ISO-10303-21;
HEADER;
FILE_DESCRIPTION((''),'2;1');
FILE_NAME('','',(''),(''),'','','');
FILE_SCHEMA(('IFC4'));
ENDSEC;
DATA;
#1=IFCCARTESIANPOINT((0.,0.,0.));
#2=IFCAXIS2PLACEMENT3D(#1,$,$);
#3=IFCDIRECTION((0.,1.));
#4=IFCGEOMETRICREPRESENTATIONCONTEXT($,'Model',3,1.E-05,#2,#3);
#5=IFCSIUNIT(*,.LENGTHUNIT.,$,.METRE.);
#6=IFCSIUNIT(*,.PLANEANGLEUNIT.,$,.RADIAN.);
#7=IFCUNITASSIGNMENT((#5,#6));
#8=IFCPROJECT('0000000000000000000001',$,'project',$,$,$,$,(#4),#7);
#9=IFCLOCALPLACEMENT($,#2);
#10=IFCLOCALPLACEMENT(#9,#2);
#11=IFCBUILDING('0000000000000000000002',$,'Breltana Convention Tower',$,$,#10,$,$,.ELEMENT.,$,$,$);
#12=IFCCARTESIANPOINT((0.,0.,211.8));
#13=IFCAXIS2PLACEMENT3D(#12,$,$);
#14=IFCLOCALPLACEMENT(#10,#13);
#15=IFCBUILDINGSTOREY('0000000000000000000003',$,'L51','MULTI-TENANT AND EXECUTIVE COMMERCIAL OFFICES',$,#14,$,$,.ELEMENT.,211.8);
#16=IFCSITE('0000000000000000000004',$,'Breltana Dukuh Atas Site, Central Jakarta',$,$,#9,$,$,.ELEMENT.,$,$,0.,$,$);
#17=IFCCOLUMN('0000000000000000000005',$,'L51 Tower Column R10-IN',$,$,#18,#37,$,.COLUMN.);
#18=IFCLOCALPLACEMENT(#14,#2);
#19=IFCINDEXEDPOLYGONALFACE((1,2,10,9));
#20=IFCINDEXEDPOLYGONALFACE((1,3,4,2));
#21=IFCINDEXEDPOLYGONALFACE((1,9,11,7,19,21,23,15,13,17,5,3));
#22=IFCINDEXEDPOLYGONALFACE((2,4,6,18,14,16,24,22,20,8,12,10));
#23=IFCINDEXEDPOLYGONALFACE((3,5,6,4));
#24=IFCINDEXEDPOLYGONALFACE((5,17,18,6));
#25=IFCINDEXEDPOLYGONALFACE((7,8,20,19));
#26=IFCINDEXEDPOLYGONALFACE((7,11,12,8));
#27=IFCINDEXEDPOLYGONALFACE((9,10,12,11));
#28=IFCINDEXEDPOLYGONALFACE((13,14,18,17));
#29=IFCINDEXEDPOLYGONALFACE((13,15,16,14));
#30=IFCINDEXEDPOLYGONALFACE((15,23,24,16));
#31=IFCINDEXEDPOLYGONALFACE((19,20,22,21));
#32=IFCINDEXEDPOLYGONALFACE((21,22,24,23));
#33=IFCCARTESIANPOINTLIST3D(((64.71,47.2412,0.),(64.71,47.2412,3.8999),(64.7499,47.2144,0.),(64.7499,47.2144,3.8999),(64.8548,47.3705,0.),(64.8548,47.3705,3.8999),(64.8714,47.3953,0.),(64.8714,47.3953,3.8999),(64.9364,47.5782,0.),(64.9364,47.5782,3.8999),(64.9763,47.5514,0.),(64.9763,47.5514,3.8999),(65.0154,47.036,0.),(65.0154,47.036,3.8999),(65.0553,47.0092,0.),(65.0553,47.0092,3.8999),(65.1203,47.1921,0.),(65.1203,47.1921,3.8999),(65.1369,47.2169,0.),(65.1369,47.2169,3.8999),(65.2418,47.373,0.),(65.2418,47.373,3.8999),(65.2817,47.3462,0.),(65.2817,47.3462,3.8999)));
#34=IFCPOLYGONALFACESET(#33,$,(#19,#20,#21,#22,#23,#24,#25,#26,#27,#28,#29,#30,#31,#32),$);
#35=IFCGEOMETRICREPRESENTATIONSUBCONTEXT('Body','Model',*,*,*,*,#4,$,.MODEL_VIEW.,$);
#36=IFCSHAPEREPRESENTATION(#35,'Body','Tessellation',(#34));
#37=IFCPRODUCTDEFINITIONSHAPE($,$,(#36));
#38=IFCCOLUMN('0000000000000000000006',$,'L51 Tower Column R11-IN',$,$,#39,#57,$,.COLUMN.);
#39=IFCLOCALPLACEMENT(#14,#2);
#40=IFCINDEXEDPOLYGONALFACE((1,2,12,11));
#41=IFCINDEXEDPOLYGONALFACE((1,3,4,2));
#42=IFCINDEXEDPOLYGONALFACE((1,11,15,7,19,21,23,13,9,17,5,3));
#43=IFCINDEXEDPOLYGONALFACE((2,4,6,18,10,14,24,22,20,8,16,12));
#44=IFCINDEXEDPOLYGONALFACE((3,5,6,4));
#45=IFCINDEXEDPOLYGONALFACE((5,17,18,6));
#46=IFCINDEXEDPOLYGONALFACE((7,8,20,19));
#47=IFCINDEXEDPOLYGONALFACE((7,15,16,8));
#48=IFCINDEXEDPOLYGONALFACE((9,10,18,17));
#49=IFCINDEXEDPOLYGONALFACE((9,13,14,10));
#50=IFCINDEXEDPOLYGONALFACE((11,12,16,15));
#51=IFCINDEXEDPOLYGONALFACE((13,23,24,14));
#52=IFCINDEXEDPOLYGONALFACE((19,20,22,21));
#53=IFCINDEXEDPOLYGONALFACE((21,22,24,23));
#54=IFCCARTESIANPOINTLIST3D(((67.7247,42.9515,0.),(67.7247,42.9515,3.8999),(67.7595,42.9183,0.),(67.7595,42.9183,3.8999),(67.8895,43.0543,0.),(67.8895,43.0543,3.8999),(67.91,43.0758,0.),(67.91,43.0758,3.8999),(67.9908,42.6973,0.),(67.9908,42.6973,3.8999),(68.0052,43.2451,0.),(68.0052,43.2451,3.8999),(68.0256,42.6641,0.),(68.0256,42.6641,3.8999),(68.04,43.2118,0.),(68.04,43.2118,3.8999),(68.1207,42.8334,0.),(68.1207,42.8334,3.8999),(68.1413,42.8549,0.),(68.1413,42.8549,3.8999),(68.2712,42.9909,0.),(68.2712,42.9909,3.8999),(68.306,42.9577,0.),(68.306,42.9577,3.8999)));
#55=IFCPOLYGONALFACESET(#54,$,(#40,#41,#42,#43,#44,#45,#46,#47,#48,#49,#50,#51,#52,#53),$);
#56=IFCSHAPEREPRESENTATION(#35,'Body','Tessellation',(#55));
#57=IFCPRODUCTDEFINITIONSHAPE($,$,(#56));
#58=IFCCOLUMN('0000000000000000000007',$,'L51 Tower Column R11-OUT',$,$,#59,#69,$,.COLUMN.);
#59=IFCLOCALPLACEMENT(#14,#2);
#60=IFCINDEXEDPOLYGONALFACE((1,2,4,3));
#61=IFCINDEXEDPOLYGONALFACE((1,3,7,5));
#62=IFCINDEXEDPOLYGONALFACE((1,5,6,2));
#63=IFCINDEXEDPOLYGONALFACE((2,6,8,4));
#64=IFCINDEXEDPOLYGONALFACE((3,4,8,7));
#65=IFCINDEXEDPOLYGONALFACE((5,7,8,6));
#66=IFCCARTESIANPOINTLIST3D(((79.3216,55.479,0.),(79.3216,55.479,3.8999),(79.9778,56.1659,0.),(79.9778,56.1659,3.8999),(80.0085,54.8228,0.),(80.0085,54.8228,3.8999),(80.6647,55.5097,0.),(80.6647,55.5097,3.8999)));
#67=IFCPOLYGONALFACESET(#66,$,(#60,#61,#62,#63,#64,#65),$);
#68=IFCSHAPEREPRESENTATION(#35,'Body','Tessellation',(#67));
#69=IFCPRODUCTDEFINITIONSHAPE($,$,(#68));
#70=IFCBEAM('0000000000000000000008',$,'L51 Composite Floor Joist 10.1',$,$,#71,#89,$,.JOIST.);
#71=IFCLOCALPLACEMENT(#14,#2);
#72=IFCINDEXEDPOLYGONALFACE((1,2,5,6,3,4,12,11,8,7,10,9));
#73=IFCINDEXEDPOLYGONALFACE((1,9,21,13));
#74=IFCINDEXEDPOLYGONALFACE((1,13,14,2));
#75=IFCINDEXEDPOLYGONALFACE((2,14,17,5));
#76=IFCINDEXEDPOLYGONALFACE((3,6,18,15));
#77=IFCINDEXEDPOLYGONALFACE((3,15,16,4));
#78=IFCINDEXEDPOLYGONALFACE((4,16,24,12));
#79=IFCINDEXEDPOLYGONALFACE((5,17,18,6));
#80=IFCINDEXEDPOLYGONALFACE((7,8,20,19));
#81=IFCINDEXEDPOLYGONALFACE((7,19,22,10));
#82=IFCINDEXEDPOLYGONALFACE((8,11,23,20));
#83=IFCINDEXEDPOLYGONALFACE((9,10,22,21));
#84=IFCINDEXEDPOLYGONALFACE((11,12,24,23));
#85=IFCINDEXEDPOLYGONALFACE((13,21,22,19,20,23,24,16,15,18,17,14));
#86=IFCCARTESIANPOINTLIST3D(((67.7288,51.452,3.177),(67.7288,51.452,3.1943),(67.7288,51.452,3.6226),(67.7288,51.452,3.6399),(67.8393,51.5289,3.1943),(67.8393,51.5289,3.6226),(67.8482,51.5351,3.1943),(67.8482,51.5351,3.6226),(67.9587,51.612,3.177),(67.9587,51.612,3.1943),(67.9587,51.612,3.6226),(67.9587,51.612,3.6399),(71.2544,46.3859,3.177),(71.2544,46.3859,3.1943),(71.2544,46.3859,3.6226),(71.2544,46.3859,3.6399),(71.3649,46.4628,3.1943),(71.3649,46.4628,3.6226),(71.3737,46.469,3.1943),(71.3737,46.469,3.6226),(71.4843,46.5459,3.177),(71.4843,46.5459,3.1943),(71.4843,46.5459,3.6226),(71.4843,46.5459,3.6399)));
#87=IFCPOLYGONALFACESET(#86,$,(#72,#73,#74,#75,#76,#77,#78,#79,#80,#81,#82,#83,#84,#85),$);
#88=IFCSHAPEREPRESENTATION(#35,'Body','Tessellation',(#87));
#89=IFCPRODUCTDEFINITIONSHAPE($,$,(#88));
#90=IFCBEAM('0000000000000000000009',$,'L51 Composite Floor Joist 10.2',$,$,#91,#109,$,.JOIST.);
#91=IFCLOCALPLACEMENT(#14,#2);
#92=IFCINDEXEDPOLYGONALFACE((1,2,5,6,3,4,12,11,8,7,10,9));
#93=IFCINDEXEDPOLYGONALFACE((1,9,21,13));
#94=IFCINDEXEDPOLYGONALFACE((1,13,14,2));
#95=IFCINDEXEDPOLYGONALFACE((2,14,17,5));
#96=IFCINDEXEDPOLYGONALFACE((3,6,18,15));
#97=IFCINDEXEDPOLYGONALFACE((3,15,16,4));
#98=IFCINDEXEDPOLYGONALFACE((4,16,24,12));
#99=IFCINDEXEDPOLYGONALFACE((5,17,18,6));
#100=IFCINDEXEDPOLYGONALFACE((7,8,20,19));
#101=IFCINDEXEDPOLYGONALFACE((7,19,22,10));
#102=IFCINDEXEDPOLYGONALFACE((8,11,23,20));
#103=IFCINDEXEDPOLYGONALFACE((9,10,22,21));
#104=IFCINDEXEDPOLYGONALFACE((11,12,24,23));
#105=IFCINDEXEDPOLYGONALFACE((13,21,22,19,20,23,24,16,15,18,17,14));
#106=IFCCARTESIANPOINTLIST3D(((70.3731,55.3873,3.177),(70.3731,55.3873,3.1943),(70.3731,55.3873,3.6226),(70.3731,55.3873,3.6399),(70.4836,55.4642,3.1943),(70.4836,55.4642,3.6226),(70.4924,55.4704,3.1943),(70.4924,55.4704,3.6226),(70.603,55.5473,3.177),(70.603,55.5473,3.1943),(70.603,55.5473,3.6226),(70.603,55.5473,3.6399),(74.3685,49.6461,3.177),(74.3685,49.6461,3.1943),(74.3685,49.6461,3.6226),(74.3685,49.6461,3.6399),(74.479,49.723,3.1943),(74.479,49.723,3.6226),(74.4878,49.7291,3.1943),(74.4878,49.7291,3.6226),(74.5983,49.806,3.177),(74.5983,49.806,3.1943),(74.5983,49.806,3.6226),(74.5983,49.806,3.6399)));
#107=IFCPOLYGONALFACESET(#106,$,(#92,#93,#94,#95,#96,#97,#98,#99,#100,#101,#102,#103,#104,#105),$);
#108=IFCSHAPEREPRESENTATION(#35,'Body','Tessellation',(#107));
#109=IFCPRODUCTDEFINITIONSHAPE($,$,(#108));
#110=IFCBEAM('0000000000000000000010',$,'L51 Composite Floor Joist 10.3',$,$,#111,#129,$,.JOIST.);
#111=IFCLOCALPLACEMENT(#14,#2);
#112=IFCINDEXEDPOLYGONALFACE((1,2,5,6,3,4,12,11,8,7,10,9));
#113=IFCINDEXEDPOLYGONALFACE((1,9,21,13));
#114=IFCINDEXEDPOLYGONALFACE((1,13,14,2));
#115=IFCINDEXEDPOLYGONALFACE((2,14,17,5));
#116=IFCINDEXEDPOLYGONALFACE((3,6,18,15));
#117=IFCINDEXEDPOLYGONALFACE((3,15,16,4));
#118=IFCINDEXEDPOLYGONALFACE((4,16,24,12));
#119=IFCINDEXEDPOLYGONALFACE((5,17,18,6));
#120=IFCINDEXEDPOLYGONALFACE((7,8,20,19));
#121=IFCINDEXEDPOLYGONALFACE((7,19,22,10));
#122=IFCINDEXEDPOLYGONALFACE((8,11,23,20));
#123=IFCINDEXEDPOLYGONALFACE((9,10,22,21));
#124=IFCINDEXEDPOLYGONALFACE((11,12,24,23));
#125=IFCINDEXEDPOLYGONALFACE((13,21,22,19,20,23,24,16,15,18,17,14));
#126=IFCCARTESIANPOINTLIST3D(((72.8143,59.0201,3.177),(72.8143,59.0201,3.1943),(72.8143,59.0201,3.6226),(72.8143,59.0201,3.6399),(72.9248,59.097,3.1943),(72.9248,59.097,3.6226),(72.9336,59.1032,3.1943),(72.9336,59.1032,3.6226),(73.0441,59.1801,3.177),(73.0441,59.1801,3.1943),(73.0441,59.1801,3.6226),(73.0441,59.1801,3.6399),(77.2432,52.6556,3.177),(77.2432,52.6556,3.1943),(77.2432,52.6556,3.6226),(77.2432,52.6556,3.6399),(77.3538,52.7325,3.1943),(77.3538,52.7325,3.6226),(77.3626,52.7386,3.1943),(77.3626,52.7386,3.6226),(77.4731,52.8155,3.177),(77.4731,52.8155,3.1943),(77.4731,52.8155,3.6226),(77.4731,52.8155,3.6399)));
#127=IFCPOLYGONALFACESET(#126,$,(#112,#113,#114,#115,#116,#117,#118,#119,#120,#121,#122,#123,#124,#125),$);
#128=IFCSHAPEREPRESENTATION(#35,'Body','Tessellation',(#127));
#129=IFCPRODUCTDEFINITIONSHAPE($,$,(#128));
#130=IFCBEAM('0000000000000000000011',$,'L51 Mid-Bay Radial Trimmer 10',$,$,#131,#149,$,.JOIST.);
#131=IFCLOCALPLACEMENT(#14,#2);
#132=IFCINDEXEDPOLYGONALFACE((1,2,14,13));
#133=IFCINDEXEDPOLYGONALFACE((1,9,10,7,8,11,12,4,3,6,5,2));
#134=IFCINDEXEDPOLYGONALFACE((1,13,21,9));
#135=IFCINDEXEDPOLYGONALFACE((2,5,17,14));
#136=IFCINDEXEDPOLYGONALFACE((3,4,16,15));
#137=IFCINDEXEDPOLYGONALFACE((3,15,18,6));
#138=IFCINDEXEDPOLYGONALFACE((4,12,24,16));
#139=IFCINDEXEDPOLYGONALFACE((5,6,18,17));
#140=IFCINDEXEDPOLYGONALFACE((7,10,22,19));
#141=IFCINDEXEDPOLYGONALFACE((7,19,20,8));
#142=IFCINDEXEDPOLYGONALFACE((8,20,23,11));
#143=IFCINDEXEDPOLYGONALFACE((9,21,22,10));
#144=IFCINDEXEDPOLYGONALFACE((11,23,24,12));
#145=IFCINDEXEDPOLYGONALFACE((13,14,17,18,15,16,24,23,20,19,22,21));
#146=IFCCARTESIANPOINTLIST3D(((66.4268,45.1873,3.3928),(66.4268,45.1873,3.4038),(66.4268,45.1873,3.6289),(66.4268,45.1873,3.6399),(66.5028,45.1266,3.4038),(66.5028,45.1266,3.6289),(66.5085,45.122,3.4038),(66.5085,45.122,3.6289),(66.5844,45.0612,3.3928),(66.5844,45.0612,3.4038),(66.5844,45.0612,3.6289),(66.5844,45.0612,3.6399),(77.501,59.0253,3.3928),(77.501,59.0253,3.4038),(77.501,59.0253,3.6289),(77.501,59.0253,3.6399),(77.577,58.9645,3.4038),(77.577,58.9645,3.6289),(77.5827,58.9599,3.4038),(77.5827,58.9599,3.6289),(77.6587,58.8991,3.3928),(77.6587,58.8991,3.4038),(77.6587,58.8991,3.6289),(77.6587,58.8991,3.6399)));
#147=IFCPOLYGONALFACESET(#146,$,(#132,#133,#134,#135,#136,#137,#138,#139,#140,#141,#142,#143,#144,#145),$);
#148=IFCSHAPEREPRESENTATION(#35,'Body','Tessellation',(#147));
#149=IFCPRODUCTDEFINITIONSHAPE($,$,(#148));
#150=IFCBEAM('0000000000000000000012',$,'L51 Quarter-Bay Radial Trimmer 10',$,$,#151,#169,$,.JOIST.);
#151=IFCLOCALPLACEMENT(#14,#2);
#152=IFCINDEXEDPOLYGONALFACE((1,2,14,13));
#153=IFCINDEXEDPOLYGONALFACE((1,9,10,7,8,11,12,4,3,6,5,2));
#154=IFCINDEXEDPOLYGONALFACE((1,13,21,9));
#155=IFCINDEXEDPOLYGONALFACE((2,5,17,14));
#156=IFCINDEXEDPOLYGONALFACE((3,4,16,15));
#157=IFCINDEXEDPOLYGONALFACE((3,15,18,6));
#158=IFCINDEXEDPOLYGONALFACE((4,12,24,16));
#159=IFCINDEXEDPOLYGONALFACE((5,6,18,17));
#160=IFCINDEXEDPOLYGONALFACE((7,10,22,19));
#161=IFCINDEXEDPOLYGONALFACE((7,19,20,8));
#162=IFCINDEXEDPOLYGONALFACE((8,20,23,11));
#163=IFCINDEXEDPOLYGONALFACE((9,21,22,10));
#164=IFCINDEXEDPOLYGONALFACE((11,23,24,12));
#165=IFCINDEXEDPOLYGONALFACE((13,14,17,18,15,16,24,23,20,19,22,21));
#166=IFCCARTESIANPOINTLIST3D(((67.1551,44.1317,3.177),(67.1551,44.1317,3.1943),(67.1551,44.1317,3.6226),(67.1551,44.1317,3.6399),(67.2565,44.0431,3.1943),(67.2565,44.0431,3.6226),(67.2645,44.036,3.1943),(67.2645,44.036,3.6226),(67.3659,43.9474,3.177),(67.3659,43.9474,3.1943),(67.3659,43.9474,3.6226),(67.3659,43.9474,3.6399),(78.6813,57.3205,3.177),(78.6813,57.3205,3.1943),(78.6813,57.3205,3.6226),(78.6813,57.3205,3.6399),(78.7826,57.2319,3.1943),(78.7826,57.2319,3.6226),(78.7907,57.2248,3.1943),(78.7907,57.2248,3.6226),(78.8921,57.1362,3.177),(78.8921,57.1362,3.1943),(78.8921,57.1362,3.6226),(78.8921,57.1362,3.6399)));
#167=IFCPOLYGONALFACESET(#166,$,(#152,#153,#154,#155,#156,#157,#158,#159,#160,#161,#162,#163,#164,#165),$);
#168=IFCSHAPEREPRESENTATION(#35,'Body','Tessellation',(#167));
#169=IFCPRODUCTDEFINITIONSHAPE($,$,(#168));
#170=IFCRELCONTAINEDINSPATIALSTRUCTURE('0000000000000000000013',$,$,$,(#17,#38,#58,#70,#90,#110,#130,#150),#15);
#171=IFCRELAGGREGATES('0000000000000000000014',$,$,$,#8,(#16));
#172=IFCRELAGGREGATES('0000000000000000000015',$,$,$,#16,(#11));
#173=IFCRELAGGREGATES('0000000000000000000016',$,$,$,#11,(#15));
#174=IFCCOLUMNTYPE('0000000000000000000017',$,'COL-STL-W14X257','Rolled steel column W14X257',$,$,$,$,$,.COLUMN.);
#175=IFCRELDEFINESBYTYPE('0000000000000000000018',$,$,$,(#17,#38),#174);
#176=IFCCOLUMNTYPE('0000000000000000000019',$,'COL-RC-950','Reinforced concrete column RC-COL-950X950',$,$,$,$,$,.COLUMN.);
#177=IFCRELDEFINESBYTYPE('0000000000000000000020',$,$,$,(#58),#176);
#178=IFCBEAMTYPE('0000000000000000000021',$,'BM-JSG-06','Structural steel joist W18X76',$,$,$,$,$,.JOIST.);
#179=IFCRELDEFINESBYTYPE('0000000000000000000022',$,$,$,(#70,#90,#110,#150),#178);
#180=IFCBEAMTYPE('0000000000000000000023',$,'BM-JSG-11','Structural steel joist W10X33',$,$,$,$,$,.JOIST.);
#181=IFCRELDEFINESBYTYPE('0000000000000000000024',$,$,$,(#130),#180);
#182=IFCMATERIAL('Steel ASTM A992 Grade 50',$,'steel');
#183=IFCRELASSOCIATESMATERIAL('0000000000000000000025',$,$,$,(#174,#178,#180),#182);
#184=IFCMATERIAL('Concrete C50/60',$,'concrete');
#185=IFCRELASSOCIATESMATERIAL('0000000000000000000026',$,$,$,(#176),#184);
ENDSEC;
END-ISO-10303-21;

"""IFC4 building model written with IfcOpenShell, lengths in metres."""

from ifc_helpers import new_model, si_unit, direction, frame, origin, origin_2d, place, context, subcontext, project, spatial, rectangle, i_section, extrude, source, transform, mapped, material, material_profile, profile_set, type_object, element, save


model = new_model("IFC4")

# Units and contexts
model_context = context("Model", 3, precision=1e-05, world=origin(), true_north=direction((0.0, 1.0)))
body_context = subcontext(model_context, "Body", "Model", "MODEL_VIEW")
ifc_project = project(units=[si_unit("LENGTHUNIT", "METRE"), si_unit("PLANEANGLEUNIT", "RADIAN")], contexts=[model_context])

# Site, building, storey
site_placement = place(None, origin())
site = spatial("IfcSite", under=ifc_project, at=site_placement, Name="Breltana Dukuh Atas Site, Central Jakarta", CompositionType="ELEMENT", RefElevation=0.0)
building_placement = place(site_placement, origin())
building = spatial("IfcBuilding", under=site, at=building_placement, Name="Breltana Convention Tower", CompositionType="ELEMENT")
storey_placement = place(building_placement, frame((0.0, 0.0, 211.8)))
storey = spatial("IfcBuildingStorey", under=building, at=storey_placement, Name="L51", Description="MULTI-TENANT AND EXECUTIVE COMMERCIAL OFFICES", CompositionType="ELEMENT", Elevation=211.8)

# Columns
ifc_material_1 = material(Name="Steel ASTM A992 Grade 50", Category="steel")
ifc_material_profile_1 = material_profile(ifc_material_1, i_section(OverallWidth=0.406, OverallDepth=0.416, WebThickness=0.0298, FlangeThickness=0.0481, at=origin_2d()), Name="W14X257")
ifc_profile_set_1 = profile_set([ifc_material_profile_1], Name="Steel ASTM A992 Grade 50")
column_type_1 = type_object("IfcColumnType", Name="COL-STL-W14X257", Description="Rolled steel column W14X257", PredefinedType="COLUMN", material=ifc_profile_set_1)
shared_shape_1 = source(origin(), body_context, "Body", "SweptSolid", [
    extrude(i_section(OverallWidth=0.406, OverallDepth=0.416, WebThickness=0.0298, FlangeThickness=0.0481, at=origin_2d()), origin(), (0.0, 0.0, 1.0), 3.8999),
])
for number, where, z_axis, x_axis, name in (
    (1, (64.9958, 47.2937, 0.0), (0.0, 0.0, 1.0), (0.557745, 0.830012, 0.0), "L51 Tower Column R10-IN"),
    (2, (68.0154, 42.9546, 0.0), (0.0, 0.0, 1.0), (0.690756, 0.723088, 0.0), "L51 Tower Column R11-IN"),
):
    element("IfcColumn", number, at=place(storey_placement, frame(where, z_axis=z_axis, x_axis=x_axis)), inside=storey, type_object=column_type_1, Name=name, PredefinedType="COLUMN", context=body_context, shape_type="MappedRepresentation", body=[
        mapped(shared_shape_1, transform((0.0, 0.0, 0.0), scale=1.0)),
    ])
ifc_material_2 = material(Name="Concrete C50/60", Category="concrete")
ifc_material_profile_2 = material_profile(ifc_material_2, rectangle(XDim=0.95, YDim=0.95, at=origin_2d()), Name="RC-COL-950X950")
ifc_profile_set_2 = profile_set([ifc_material_profile_2], Name="Concrete C50/60")
column_type_2 = type_object("IfcColumnType", Name="COL-RC-950", Description="Reinforced concrete column RC-COL-950X950", PredefinedType="COLUMN", material=ifc_profile_set_2)
shared_shape_2 = source(origin(), body_context, "Body", "SweptSolid", [
    extrude(rectangle(XDim=0.95, YDim=0.95, at=origin_2d()), origin(), (0.0, 0.0, 1.0), 3.8999),
])
column_placement = place(storey_placement, frame((79.9932, 55.4944, 0.0), z_axis=(0.0, 0.0, 1.0), x_axis=(0.690756, 0.723088, 0.0)))
element("IfcColumn", 3, at=column_placement, inside=storey, type_object=column_type_2, Name="L51 Tower Column R11-OUT", PredefinedType="COLUMN", context=body_context, shape_type="MappedRepresentation", body=[
    mapped(shared_shape_2, transform((0.0, 0.0, 0.0), scale=1.0)),
])

# Beams
ifc_material_profile_3 = material_profile(ifc_material_1, i_section(OverallWidth=0.28, OverallDepth=0.4629, WebThickness=0.0107, FlangeThickness=0.0173, at=origin_2d()), Name="W18X76")
ifc_profile_set_3 = profile_set([ifc_material_profile_3], Name="Steel ASTM A992 Grade 50")
beam_type_1 = type_object("IfcBeamType", Name="BM-JSG-06", Description="Structural steel joist W18X76", PredefinedType="JOIST", material=ifc_profile_set_3)
shared_shape_3 = source(origin(), body_context, "Body", "SweptSolid", [
    extrude(i_section(OverallWidth=0.28, OverallDepth=0.4629, WebThickness=0.0107, FlangeThickness=0.0173, at=origin_2d()), origin(), (0.0, 0.0, 1.0), 6.1721),
])
beam_1_placement = place(storey_placement, frame((67.8438, 51.532, 3.4084), z_axis=(0.571212, -0.820803, 0.0), x_axis=(0.820803, 0.571212, 0.0)))
element("IfcBeam", 4, at=beam_1_placement, inside=storey, type_object=beam_type_1, Name="L51 Composite Floor Joist 10.1", PredefinedType="JOIST", context=body_context, shape_type="MappedRepresentation", body=[
    mapped(shared_shape_3, transform((0.0, 0.0, 0.0), scale=1.0)),
])
shared_shape_4 = source(origin(), body_context, "Body", "SweptSolid", [
    extrude(i_section(OverallWidth=0.28, OverallDepth=0.4629, WebThickness=0.0107, FlangeThickness=0.0173, at=origin_2d()), origin(), (0.0, 0.0, 1.0), 6.9946),
])
beam_2_placement = place(storey_placement, frame((70.488, 55.4673, 3.4084), z_axis=(0.571207, -0.820806, 0.0), x_axis=(0.820806, 0.571207, 0.0)))
element("IfcBeam", 5, at=beam_2_placement, inside=storey, type_object=beam_type_1, Name="L51 Composite Floor Joist 10.2", PredefinedType="JOIST", context=body_context, shape_type="MappedRepresentation", body=[
    mapped(shared_shape_4, transform((0.0, 0.0, 0.0), scale=1.0)),
])
shared_shape_5 = source(origin(), body_context, "Body", "SweptSolid", [
    extrude(i_section(OverallWidth=0.28, OverallDepth=0.4629, WebThickness=0.0107, FlangeThickness=0.0173, at=origin_2d()), origin(), (0.0, 0.0, 1.0), 7.7539),
])
beam_3_placement = place(storey_placement, frame((72.9292, 59.1001, 3.4084), z_axis=(0.571193, -0.820816, 0.0), x_axis=(0.820816, 0.571193, 0.0)))
element("IfcBeam", 6, at=beam_3_placement, inside=storey, type_object=beam_type_1, Name="L51 Composite Floor Joist 10.3", PredefinedType="JOIST", context=body_context, shape_type="MappedRepresentation", body=[
    mapped(shared_shape_5, transform((0.0, 0.0, 0.0), scale=1.0)),
])
ifc_material_profile_4 = material_profile(ifc_material_1, i_section(OverallWidth=0.2019, OverallDepth=0.2471, WebThickness=0.0073, FlangeThickness=0.011, at=origin_2d()), Name="W10X33")
ifc_profile_set_4 = profile_set([ifc_material_profile_4], Name="Steel ASTM A992 Grade 50")
beam_type_2 = type_object("IfcBeamType", Name="BM-JSG-11", Description="Structural steel joist W10X33", PredefinedType="JOIST", material=ifc_profile_set_4)
shared_shape_6 = source(origin(), body_context, "Body", "SweptSolid", [
    extrude(i_section(OverallWidth=0.2019, OverallDepth=0.2471, WebThickness=0.0073, FlangeThickness=0.011, at=origin_2d()), origin(), (0.0, 0.0, 1.0), 17.7236),
])
beam_4_placement = place(storey_placement, frame((66.5056, 45.1243, 3.5164), z_axis=(0.624829, 0.780761, 0.0), x_axis=(-0.780761, 0.624829, 0.0)))
element("IfcBeam", 7, at=beam_4_placement, inside=storey, type_object=beam_type_2, Name="L51 Mid-Bay Radial Trimmer 10", PredefinedType="JOIST", context=body_context, shape_type="MappedRepresentation", body=[
    mapped(shared_shape_6, transform((0.0, 0.0, 0.0), scale=1.0)),
])
shared_shape_7 = source(origin(), body_context, "Body", "SweptSolid", [
    extrude(i_section(OverallWidth=0.28, OverallDepth=0.4629, WebThickness=0.0107, FlangeThickness=0.0173, at=origin_2d()), origin(), (0.0, 0.0, 1.0), 17.5156),
])
beam_5_placement = place(storey_placement, frame((67.2605, 44.0396, 3.4084), z_axis=(0.658052, 0.752973, 0.0), x_axis=(-0.752973, 0.658052, 0.0)))
element("IfcBeam", 8, at=beam_5_placement, inside=storey, type_object=beam_type_1, Name="L51 Quarter-Bay Radial Trimmer 10", PredefinedType="JOIST", context=body_context, shape_type="MappedRepresentation", body=[
    mapped(shared_shape_7, transform((0.0, 0.0, 0.0), scale=1.0)),
])

save(model, "model.ifc")
